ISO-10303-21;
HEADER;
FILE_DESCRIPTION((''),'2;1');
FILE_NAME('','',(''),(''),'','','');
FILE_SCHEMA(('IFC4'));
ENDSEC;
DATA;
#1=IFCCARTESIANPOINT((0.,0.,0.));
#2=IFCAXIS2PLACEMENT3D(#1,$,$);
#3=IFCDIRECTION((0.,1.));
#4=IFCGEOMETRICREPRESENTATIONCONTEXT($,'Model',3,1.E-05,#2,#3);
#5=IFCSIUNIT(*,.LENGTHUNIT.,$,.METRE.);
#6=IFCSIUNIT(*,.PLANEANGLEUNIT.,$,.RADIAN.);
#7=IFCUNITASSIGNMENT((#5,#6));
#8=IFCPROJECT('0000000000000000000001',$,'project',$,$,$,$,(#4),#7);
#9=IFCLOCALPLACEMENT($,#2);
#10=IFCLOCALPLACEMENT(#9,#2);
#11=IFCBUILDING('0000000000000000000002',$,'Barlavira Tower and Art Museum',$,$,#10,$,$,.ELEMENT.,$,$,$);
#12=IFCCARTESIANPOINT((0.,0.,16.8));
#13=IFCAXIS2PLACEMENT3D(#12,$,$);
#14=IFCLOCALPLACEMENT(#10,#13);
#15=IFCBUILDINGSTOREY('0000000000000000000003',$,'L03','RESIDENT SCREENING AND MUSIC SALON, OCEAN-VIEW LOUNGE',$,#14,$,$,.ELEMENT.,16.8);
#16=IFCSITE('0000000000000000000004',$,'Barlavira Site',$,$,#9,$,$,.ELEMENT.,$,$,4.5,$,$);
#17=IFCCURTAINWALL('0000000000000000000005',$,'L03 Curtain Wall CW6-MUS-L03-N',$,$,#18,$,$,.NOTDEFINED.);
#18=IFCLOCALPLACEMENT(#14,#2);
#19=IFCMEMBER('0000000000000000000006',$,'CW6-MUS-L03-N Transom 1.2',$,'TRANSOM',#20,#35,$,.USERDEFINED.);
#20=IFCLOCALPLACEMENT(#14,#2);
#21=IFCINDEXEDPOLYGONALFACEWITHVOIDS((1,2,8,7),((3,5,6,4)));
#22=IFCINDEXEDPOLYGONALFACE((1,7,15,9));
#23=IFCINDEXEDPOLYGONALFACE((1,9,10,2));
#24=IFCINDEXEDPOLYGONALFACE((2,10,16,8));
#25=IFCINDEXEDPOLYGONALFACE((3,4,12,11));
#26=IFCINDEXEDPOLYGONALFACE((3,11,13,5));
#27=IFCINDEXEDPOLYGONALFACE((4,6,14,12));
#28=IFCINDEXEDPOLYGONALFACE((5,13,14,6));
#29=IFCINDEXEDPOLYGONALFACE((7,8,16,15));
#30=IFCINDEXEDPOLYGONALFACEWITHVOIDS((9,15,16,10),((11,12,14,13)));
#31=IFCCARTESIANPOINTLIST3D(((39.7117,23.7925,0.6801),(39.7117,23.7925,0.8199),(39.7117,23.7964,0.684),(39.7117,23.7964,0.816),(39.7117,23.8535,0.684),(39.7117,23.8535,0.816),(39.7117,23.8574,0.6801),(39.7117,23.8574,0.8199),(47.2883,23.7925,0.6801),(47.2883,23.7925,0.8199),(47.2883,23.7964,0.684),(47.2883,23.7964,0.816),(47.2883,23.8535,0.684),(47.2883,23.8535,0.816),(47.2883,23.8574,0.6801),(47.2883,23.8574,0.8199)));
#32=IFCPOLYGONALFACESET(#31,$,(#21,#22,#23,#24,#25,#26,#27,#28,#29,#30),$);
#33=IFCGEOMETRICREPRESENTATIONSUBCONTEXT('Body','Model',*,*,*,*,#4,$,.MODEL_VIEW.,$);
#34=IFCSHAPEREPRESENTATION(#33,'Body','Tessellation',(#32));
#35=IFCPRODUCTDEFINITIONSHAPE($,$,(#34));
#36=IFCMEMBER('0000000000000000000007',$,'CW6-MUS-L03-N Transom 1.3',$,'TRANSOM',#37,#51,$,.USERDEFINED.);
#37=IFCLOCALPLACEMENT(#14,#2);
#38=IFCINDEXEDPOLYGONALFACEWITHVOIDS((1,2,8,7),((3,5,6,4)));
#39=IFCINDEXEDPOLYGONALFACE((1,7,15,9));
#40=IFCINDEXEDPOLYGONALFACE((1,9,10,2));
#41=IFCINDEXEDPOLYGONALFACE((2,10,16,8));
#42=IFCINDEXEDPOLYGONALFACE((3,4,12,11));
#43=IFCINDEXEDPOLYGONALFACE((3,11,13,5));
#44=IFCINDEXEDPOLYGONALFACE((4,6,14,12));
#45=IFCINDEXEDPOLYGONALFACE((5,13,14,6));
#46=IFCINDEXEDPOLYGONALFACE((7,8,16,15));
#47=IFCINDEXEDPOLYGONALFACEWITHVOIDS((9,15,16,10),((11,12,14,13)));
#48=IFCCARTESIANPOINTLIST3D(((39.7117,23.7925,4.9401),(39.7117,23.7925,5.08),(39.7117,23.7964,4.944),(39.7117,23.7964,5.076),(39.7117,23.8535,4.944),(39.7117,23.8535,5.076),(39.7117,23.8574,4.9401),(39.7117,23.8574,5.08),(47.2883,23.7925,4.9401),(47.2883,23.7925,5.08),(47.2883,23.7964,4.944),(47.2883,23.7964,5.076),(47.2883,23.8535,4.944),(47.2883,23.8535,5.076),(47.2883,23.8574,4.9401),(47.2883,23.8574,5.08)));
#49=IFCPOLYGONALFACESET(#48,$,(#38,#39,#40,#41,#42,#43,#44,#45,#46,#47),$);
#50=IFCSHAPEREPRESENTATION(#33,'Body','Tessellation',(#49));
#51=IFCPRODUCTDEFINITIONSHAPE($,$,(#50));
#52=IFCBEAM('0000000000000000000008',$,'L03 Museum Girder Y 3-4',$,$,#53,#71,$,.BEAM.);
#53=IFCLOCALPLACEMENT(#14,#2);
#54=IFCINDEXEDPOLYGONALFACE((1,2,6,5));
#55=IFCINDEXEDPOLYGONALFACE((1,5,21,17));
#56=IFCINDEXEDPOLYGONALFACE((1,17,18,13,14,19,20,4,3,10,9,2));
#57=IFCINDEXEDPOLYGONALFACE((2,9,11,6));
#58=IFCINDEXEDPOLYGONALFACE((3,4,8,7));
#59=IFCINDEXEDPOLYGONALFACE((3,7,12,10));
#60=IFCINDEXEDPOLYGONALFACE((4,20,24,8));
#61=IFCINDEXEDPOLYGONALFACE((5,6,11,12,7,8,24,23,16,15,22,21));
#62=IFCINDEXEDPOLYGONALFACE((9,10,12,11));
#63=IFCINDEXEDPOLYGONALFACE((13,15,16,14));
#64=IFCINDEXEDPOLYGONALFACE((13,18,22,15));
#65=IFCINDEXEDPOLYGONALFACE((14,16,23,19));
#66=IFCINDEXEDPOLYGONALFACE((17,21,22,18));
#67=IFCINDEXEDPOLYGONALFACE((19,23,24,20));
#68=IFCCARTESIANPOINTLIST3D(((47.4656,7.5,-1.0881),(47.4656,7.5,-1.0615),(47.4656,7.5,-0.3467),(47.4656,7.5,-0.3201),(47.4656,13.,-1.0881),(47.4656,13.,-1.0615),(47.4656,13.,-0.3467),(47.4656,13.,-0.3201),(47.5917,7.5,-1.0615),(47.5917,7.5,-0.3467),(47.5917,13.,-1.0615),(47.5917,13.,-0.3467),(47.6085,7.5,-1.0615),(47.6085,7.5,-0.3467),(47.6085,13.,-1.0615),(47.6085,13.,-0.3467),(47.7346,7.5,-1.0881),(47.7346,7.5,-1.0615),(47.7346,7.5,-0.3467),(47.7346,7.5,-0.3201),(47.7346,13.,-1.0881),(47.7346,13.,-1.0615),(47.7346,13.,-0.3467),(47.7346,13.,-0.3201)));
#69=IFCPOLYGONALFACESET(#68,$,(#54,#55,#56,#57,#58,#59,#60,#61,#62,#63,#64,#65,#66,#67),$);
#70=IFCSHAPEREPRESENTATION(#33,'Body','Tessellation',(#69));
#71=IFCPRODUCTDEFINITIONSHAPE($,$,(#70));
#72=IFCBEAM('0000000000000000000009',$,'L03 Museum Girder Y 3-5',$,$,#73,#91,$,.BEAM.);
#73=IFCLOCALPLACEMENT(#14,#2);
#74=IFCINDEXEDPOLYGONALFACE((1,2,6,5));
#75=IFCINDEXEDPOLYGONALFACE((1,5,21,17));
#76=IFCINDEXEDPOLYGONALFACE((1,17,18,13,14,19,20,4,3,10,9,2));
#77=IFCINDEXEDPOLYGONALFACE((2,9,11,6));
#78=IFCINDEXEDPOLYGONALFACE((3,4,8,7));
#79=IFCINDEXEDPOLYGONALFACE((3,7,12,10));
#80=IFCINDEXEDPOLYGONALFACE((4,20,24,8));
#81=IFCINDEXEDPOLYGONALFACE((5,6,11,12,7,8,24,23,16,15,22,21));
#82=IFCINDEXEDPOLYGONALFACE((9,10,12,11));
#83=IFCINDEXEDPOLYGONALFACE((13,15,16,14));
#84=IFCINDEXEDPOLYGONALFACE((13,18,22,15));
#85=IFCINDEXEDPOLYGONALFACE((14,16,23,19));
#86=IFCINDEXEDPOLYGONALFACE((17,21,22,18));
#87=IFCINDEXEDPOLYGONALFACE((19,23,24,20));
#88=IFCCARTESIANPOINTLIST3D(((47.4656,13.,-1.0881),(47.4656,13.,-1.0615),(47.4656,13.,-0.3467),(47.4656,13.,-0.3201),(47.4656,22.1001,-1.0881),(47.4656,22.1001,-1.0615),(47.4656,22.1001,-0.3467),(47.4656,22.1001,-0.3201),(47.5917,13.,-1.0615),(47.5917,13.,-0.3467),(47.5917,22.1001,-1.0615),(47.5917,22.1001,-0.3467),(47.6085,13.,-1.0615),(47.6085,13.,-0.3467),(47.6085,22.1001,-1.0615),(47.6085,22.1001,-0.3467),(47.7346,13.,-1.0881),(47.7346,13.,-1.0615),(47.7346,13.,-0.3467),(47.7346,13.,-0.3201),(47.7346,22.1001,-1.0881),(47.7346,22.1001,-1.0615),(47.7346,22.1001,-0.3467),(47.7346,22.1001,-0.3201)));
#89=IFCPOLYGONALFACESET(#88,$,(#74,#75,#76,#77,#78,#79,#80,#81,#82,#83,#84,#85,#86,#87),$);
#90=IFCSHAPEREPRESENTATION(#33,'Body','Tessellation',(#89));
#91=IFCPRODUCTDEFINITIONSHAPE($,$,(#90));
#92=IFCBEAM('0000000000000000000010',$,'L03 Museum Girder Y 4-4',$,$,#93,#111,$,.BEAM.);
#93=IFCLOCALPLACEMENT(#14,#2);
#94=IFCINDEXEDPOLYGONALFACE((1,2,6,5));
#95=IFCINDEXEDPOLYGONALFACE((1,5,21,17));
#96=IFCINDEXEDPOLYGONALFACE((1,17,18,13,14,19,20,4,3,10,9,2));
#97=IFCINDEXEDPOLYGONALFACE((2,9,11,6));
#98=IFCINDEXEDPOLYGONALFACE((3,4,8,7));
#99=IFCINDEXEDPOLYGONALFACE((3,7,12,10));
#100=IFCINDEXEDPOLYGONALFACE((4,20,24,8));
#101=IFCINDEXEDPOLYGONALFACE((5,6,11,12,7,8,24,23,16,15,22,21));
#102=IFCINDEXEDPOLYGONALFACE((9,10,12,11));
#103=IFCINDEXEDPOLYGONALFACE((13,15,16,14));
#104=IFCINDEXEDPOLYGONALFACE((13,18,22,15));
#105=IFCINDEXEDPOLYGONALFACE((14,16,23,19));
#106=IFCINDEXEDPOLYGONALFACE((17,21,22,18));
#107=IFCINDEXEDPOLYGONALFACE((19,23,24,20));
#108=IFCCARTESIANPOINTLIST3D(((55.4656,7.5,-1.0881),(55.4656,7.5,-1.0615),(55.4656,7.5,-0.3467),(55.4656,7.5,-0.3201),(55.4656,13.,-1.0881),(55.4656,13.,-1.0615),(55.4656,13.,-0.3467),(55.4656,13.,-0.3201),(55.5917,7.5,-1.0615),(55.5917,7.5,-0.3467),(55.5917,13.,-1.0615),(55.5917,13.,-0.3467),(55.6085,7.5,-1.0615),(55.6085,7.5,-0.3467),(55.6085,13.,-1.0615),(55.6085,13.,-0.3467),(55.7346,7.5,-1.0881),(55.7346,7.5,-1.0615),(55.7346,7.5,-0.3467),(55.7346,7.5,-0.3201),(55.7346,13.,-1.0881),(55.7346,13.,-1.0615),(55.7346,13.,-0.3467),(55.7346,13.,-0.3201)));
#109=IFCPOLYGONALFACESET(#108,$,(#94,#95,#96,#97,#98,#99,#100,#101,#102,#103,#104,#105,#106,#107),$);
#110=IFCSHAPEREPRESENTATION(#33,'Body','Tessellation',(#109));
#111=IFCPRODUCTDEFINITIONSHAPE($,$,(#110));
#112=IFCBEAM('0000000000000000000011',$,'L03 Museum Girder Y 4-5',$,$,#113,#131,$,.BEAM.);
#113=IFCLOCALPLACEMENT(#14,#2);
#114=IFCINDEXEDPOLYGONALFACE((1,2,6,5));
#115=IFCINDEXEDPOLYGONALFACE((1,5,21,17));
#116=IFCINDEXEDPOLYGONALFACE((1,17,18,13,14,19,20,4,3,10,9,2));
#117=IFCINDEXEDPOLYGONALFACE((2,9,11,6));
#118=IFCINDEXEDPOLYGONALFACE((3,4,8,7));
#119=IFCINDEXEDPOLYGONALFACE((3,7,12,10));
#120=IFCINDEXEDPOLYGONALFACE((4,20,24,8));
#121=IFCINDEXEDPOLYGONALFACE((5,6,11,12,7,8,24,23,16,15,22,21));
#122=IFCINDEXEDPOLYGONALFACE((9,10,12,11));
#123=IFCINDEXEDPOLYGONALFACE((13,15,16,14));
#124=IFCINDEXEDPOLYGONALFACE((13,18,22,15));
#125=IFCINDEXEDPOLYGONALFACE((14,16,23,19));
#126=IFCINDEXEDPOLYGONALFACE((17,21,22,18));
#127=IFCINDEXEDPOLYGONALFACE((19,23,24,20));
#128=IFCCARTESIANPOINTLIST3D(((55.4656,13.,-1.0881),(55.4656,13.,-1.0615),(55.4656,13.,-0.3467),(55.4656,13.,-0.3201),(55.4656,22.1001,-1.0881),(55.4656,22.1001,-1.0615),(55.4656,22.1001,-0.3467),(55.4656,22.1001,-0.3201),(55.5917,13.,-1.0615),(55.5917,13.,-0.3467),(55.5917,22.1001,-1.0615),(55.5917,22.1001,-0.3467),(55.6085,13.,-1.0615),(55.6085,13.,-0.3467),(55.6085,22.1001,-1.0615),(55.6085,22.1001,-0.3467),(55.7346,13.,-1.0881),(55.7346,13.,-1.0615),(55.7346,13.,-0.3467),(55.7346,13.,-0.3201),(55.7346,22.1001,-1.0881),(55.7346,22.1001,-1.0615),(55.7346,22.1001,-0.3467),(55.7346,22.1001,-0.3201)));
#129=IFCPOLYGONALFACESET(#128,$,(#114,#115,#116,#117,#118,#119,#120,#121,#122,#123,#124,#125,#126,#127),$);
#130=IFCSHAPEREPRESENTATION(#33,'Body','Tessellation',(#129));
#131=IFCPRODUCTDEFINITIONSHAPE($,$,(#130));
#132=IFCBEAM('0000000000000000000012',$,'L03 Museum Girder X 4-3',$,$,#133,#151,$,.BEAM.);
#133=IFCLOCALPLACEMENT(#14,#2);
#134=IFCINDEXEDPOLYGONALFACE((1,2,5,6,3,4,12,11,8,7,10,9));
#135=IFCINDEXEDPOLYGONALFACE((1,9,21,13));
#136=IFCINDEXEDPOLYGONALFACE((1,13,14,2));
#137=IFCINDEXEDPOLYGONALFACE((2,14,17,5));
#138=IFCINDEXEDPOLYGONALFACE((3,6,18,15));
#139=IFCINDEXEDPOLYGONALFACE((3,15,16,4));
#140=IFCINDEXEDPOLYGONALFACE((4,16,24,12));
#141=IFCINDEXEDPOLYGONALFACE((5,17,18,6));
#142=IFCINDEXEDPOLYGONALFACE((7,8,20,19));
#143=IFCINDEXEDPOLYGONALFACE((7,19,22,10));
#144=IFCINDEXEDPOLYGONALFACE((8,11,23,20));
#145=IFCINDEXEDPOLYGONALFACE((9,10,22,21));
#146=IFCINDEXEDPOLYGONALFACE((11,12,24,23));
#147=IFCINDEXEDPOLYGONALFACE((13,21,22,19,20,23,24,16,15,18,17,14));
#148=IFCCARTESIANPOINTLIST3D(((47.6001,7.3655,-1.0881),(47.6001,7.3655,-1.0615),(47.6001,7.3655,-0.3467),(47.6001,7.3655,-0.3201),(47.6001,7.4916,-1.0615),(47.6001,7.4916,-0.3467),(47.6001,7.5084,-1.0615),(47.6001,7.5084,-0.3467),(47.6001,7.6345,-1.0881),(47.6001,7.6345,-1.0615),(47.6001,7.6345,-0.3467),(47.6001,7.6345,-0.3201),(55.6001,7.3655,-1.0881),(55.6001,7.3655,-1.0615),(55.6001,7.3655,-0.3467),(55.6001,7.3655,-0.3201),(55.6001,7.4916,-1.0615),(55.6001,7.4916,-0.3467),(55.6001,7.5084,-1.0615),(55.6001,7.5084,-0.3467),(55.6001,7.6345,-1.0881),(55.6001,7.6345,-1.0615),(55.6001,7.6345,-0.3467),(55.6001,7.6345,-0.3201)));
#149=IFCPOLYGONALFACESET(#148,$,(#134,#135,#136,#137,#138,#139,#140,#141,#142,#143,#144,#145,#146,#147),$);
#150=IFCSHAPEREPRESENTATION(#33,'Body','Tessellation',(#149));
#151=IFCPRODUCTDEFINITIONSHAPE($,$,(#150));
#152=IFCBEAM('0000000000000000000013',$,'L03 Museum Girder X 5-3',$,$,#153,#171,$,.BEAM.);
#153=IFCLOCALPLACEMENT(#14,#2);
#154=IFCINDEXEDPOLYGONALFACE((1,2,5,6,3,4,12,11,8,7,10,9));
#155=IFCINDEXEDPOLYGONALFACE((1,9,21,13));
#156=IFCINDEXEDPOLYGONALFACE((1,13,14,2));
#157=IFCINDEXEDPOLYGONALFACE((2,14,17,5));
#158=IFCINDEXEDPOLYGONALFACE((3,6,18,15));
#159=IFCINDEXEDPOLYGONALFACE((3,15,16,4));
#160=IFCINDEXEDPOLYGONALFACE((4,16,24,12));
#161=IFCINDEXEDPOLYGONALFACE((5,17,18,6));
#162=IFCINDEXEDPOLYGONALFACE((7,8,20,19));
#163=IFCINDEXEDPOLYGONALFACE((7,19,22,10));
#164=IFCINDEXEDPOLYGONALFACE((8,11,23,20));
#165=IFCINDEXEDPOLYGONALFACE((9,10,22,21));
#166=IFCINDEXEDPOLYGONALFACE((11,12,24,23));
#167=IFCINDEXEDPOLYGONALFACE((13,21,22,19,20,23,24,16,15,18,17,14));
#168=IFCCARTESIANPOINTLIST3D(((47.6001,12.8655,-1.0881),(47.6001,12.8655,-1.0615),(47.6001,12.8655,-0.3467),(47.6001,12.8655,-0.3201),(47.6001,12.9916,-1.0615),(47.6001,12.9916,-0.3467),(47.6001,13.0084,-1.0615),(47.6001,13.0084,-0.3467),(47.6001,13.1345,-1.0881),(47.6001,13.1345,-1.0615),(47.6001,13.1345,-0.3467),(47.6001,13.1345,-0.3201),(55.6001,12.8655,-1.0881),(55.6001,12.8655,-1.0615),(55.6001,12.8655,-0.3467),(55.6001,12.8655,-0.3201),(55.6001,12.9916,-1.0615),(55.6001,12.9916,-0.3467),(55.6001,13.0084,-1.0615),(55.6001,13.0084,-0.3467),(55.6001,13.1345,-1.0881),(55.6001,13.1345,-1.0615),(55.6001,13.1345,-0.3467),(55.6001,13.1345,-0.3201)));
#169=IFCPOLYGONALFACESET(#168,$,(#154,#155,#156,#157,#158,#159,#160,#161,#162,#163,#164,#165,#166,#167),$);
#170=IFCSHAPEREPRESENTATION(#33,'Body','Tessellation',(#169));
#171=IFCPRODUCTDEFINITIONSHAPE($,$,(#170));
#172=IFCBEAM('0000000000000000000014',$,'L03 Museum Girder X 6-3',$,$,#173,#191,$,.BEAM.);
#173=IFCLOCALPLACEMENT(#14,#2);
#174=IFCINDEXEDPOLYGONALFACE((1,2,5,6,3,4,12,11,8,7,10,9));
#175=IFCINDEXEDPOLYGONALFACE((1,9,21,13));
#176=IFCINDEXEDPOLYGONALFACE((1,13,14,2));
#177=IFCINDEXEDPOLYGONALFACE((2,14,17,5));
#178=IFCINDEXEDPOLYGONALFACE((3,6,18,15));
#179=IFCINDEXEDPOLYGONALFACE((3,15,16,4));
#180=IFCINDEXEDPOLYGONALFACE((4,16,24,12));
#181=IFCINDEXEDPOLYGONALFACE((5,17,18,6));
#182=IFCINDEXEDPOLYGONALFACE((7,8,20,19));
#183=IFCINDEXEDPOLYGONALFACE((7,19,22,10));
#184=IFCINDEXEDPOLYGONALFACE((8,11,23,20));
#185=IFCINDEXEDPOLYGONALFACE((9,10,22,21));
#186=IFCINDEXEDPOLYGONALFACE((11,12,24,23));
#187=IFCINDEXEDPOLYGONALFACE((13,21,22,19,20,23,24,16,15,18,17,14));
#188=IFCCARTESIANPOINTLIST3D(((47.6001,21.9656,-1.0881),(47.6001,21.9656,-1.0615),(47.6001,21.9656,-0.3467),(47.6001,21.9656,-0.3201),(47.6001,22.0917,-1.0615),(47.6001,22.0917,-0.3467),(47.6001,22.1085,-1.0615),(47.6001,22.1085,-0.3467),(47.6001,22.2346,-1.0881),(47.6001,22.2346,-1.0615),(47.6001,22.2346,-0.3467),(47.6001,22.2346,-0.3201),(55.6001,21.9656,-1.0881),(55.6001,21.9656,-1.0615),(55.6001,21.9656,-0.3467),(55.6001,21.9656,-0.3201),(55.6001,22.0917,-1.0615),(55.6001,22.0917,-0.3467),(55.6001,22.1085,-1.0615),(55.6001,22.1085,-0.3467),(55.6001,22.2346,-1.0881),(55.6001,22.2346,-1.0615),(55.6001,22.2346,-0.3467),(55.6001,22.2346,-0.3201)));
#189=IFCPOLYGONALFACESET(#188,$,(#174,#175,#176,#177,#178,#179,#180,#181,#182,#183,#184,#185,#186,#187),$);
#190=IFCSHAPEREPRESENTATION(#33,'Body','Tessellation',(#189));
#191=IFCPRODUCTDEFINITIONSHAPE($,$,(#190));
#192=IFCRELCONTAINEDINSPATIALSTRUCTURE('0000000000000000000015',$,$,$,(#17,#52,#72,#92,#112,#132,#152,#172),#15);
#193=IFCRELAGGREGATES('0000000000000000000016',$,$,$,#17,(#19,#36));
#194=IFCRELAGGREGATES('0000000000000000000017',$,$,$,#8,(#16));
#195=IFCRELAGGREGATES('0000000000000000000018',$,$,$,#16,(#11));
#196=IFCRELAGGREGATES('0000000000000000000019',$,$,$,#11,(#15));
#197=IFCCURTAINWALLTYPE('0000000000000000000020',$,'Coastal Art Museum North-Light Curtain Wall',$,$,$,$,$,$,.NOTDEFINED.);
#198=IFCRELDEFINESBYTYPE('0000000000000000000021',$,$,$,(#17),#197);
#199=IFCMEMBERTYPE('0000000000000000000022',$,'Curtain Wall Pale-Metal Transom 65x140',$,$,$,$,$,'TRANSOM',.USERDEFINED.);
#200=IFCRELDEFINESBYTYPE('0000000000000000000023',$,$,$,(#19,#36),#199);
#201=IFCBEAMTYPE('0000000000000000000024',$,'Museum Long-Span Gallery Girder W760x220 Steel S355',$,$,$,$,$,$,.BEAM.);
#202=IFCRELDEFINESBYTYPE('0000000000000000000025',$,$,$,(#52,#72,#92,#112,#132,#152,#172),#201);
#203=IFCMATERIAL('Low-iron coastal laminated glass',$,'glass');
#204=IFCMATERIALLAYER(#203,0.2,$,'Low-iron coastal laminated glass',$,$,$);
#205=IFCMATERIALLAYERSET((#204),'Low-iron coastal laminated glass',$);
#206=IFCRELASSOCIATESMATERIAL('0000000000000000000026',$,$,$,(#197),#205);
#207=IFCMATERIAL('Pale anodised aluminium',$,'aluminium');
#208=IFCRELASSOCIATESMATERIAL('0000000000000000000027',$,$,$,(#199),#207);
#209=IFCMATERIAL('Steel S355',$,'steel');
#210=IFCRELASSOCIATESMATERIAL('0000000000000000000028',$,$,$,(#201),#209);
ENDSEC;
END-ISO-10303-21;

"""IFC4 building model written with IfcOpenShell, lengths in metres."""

from ifc_helpers import new_model, si_unit, direction, frame, origin, origin_2d, place, context, subcontext, project, spatial, hollow_rectangle, i_section, extrude, material, layer, layer_set, material_profile, profile_set, type_object, element, aggregate, save


model = new_model("IFC4")

# Units and contexts
model_context = context("Model", 3, precision=1e-05, world=origin(), true_north=direction((0.0, 1.0)))
body_context = subcontext(model_context, "Body", "Model", "MODEL_VIEW")
ifc_project = project(units=[si_unit("LENGTHUNIT", "METRE"), si_unit("PLANEANGLEUNIT", "RADIAN")], contexts=[model_context])

# Site, building, storey
site_placement = place(None, origin())
site = spatial("IfcSite", under=ifc_project, at=site_placement, Name="Barlavira Site", CompositionType="ELEMENT", RefElevation=4.5)
building_placement = place(site_placement, origin())
building = spatial("IfcBuilding", under=site, at=building_placement, Name="Barlavira Tower and Art Museum", CompositionType="ELEMENT")
storey_placement = place(building_placement, frame((0.0, 0.0, 16.8)))
storey = spatial("IfcBuildingStorey", under=building, at=storey_placement, Name="L03", Description="RESIDENT SCREENING AND MUSIC SALON, OCEAN-VIEW LOUNGE", CompositionType="ELEMENT", Elevation=16.8)

# Curtain wall, members
ifc_material_1 = material(Name="Low-iron coastal laminated glass", Category="glass")
ifc_layer_1 = layer(ifc_material_1, 0.2, Name="Low-iron coastal laminated glass")
ifc_layer_set_1 = layer_set([ifc_layer_1], Name="Low-iron coastal laminated glass")
curtain_wall_type = type_object("IfcCurtainWallType", Name="Coastal Art Museum North-Light Curtain Wall", PredefinedType="NOTDEFINED", material=ifc_layer_set_1)
curtain_wall_placement = place(storey_placement, origin())
curtain_wall = element("IfcCurtainWall", 1, at=curtain_wall_placement, inside=storey, type_object=curtain_wall_type, Name="L03 Curtain Wall CW6-MUS-L03-N", PredefinedType="NOTDEFINED")
ifc_material_2 = material(Name="Pale anodised aluminium", Category="aluminium")
ifc_material_profile_1 = material_profile(ifc_material_2, hollow_rectangle(XDim=0.0649, YDim=0.1399, WallThickness=0.0039, at=origin_2d()), Name="ALU-TRAN 65x140x4")
ifc_profile_set_1 = profile_set([ifc_material_profile_1], Name="Pale anodised aluminium")
member_type_1 = type_object("IfcMemberType", Name="Curtain Wall Pale-Metal Transom 65x140", ElementType="TRANSOM", PredefinedType="USERDEFINED", material=ifc_profile_set_1)
member_1_placement = place(storey_placement, frame((47.2883, 23.825, 0.75), z_axis=(-1.0, 0.0, 0.0), x_axis=(0.0, -1.0, 0.0)))
member_1 = element("IfcMember", 2, at=member_1_placement, type_object=member_type_1, Name="CW6-MUS-L03-N Transom 1.2", ObjectType="TRANSOM", PredefinedType="USERDEFINED", context=body_context, shape_type="SweptSolid", body=[
    extrude(hollow_rectangle(XDim=0.0649, YDim=0.1399, WallThickness=0.0039, at=origin_2d()), origin(), (0.0, 0.0, 1.0), 7.5767),
])
member_2_placement = place(storey_placement, frame((47.2883, 23.825, 5.01), z_axis=(-1.0, 0.0, 0.0), x_axis=(0.0, -1.0, 0.0)))
member_2 = element("IfcMember", 3, at=member_2_placement, type_object=member_type_1, Name="CW6-MUS-L03-N Transom 1.3", ObjectType="TRANSOM", PredefinedType="USERDEFINED", context=body_context, shape_type="SweptSolid", body=[
    extrude(hollow_rectangle(XDim=0.0649, YDim=0.1399, WallThickness=0.0039, at=origin_2d()), origin(), (0.0, 0.0, 1.0), 7.5767),
])

# Beams
ifc_material_3 = material(Name="Steel S355", Category="steel")
ifc_material_profile_2 = material_profile(ifc_material_3, i_section(OverallWidth=0.269, OverallDepth=0.7681, WebThickness=0.0168, FlangeThickness=0.0266, at=origin_2d()), Name="W760x220.0")
ifc_profile_set_2 = profile_set([ifc_material_profile_2], Name="Steel S355")
beam_type = type_object("IfcBeamType", Name="Museum Long-Span Gallery Girder W760x220 Steel S355", PredefinedType="BEAM", material=ifc_profile_set_2)
beam_1_placement = place(storey_placement, frame((47.6001, 7.5, -0.7041), z_axis=(0.0, 1.0, 0.0), x_axis=(-1.0, 0.0, 0.0)))
element("IfcBeam", 4, at=beam_1_placement, inside=storey, type_object=beam_type, Name="L03 Museum Girder Y 3-4", PredefinedType="BEAM", context=body_context, shape_type="SweptSolid", body=[
    extrude(i_section(OverallWidth=0.269, OverallDepth=0.7681, WebThickness=0.0168, FlangeThickness=0.0266, at=origin_2d()), origin(), (0.0, 0.0, 1.0), 5.5),
])
beam_2_placement = place(storey_placement, frame((47.6001, 13.0, -0.7041), z_axis=(0.0, 1.0, 0.0), x_axis=(-1.0, 0.0, 0.0)))
element("IfcBeam", 5, at=beam_2_placement, inside=storey, type_object=beam_type, Name="L03 Museum Girder Y 3-5", PredefinedType="BEAM", context=body_context, shape_type="SweptSolid", body=[
    extrude(i_section(OverallWidth=0.269, OverallDepth=0.7681, WebThickness=0.0168, FlangeThickness=0.0266, at=origin_2d()), origin(), (0.0, 0.0, 1.0), 9.1001),
])
beam_3_placement = place(storey_placement, frame((55.6001, 7.5, -0.7041), z_axis=(0.0, 1.0, 0.0), x_axis=(-1.0, 0.0, 0.0)))
element("IfcBeam", 6, at=beam_3_placement, inside=storey, type_object=beam_type, Name="L03 Museum Girder Y 4-4", PredefinedType="BEAM", context=body_context, shape_type="SweptSolid", body=[
    extrude(i_section(OverallWidth=0.269, OverallDepth=0.7681, WebThickness=0.0168, FlangeThickness=0.0266, at=origin_2d()), origin(), (0.0, 0.0, 1.0), 5.5),
])
beam_4_placement = place(storey_placement, frame((55.6001, 13.0, -0.7041), z_axis=(0.0, 1.0, 0.0), x_axis=(-1.0, 0.0, 0.0)))
element("IfcBeam", 7, at=beam_4_placement, inside=storey, type_object=beam_type, Name="L03 Museum Girder Y 4-5", PredefinedType="BEAM", context=body_context, shape_type="SweptSolid", body=[
    extrude(i_section(OverallWidth=0.269, OverallDepth=0.7681, WebThickness=0.0168, FlangeThickness=0.0266, at=origin_2d()), origin(), (0.0, 0.0, 1.0), 9.1001),
])
for number, where, z_axis, x_axis, name in (
    (8, (47.6001, 7.5, -0.7041), (1.0, 0.0, 0.0), (0.0, 1.0, 0.0), "L03 Museum Girder X 4-3"),
    (9, (47.6001, 13.0, -0.7041), (1.0, 0.0, 0.0), (0.0, 1.0, 0.0), "L03 Museum Girder X 5-3"),
    (10, (47.6001, 22.1001, -0.7041), (1.0, 0.0, 0.0), (0.0, 1.0, 0.0), "L03 Museum Girder X 6-3"),
):
    element("IfcBeam", number, at=place(storey_placement, frame(where, z_axis=z_axis, x_axis=x_axis)), inside=storey, type_object=beam_type, Name=name, PredefinedType="BEAM", context=body_context, shape_type="SweptSolid", body=[
        extrude(i_section(OverallWidth=0.269, OverallDepth=0.7681, WebThickness=0.0168, FlangeThickness=0.0266, at=origin_2d()), origin(), (0.0, 0.0, 1.0), 8.0),
    ])

aggregate(curtain_wall, [member_1, member_2])

save(model, "model.ifc")
